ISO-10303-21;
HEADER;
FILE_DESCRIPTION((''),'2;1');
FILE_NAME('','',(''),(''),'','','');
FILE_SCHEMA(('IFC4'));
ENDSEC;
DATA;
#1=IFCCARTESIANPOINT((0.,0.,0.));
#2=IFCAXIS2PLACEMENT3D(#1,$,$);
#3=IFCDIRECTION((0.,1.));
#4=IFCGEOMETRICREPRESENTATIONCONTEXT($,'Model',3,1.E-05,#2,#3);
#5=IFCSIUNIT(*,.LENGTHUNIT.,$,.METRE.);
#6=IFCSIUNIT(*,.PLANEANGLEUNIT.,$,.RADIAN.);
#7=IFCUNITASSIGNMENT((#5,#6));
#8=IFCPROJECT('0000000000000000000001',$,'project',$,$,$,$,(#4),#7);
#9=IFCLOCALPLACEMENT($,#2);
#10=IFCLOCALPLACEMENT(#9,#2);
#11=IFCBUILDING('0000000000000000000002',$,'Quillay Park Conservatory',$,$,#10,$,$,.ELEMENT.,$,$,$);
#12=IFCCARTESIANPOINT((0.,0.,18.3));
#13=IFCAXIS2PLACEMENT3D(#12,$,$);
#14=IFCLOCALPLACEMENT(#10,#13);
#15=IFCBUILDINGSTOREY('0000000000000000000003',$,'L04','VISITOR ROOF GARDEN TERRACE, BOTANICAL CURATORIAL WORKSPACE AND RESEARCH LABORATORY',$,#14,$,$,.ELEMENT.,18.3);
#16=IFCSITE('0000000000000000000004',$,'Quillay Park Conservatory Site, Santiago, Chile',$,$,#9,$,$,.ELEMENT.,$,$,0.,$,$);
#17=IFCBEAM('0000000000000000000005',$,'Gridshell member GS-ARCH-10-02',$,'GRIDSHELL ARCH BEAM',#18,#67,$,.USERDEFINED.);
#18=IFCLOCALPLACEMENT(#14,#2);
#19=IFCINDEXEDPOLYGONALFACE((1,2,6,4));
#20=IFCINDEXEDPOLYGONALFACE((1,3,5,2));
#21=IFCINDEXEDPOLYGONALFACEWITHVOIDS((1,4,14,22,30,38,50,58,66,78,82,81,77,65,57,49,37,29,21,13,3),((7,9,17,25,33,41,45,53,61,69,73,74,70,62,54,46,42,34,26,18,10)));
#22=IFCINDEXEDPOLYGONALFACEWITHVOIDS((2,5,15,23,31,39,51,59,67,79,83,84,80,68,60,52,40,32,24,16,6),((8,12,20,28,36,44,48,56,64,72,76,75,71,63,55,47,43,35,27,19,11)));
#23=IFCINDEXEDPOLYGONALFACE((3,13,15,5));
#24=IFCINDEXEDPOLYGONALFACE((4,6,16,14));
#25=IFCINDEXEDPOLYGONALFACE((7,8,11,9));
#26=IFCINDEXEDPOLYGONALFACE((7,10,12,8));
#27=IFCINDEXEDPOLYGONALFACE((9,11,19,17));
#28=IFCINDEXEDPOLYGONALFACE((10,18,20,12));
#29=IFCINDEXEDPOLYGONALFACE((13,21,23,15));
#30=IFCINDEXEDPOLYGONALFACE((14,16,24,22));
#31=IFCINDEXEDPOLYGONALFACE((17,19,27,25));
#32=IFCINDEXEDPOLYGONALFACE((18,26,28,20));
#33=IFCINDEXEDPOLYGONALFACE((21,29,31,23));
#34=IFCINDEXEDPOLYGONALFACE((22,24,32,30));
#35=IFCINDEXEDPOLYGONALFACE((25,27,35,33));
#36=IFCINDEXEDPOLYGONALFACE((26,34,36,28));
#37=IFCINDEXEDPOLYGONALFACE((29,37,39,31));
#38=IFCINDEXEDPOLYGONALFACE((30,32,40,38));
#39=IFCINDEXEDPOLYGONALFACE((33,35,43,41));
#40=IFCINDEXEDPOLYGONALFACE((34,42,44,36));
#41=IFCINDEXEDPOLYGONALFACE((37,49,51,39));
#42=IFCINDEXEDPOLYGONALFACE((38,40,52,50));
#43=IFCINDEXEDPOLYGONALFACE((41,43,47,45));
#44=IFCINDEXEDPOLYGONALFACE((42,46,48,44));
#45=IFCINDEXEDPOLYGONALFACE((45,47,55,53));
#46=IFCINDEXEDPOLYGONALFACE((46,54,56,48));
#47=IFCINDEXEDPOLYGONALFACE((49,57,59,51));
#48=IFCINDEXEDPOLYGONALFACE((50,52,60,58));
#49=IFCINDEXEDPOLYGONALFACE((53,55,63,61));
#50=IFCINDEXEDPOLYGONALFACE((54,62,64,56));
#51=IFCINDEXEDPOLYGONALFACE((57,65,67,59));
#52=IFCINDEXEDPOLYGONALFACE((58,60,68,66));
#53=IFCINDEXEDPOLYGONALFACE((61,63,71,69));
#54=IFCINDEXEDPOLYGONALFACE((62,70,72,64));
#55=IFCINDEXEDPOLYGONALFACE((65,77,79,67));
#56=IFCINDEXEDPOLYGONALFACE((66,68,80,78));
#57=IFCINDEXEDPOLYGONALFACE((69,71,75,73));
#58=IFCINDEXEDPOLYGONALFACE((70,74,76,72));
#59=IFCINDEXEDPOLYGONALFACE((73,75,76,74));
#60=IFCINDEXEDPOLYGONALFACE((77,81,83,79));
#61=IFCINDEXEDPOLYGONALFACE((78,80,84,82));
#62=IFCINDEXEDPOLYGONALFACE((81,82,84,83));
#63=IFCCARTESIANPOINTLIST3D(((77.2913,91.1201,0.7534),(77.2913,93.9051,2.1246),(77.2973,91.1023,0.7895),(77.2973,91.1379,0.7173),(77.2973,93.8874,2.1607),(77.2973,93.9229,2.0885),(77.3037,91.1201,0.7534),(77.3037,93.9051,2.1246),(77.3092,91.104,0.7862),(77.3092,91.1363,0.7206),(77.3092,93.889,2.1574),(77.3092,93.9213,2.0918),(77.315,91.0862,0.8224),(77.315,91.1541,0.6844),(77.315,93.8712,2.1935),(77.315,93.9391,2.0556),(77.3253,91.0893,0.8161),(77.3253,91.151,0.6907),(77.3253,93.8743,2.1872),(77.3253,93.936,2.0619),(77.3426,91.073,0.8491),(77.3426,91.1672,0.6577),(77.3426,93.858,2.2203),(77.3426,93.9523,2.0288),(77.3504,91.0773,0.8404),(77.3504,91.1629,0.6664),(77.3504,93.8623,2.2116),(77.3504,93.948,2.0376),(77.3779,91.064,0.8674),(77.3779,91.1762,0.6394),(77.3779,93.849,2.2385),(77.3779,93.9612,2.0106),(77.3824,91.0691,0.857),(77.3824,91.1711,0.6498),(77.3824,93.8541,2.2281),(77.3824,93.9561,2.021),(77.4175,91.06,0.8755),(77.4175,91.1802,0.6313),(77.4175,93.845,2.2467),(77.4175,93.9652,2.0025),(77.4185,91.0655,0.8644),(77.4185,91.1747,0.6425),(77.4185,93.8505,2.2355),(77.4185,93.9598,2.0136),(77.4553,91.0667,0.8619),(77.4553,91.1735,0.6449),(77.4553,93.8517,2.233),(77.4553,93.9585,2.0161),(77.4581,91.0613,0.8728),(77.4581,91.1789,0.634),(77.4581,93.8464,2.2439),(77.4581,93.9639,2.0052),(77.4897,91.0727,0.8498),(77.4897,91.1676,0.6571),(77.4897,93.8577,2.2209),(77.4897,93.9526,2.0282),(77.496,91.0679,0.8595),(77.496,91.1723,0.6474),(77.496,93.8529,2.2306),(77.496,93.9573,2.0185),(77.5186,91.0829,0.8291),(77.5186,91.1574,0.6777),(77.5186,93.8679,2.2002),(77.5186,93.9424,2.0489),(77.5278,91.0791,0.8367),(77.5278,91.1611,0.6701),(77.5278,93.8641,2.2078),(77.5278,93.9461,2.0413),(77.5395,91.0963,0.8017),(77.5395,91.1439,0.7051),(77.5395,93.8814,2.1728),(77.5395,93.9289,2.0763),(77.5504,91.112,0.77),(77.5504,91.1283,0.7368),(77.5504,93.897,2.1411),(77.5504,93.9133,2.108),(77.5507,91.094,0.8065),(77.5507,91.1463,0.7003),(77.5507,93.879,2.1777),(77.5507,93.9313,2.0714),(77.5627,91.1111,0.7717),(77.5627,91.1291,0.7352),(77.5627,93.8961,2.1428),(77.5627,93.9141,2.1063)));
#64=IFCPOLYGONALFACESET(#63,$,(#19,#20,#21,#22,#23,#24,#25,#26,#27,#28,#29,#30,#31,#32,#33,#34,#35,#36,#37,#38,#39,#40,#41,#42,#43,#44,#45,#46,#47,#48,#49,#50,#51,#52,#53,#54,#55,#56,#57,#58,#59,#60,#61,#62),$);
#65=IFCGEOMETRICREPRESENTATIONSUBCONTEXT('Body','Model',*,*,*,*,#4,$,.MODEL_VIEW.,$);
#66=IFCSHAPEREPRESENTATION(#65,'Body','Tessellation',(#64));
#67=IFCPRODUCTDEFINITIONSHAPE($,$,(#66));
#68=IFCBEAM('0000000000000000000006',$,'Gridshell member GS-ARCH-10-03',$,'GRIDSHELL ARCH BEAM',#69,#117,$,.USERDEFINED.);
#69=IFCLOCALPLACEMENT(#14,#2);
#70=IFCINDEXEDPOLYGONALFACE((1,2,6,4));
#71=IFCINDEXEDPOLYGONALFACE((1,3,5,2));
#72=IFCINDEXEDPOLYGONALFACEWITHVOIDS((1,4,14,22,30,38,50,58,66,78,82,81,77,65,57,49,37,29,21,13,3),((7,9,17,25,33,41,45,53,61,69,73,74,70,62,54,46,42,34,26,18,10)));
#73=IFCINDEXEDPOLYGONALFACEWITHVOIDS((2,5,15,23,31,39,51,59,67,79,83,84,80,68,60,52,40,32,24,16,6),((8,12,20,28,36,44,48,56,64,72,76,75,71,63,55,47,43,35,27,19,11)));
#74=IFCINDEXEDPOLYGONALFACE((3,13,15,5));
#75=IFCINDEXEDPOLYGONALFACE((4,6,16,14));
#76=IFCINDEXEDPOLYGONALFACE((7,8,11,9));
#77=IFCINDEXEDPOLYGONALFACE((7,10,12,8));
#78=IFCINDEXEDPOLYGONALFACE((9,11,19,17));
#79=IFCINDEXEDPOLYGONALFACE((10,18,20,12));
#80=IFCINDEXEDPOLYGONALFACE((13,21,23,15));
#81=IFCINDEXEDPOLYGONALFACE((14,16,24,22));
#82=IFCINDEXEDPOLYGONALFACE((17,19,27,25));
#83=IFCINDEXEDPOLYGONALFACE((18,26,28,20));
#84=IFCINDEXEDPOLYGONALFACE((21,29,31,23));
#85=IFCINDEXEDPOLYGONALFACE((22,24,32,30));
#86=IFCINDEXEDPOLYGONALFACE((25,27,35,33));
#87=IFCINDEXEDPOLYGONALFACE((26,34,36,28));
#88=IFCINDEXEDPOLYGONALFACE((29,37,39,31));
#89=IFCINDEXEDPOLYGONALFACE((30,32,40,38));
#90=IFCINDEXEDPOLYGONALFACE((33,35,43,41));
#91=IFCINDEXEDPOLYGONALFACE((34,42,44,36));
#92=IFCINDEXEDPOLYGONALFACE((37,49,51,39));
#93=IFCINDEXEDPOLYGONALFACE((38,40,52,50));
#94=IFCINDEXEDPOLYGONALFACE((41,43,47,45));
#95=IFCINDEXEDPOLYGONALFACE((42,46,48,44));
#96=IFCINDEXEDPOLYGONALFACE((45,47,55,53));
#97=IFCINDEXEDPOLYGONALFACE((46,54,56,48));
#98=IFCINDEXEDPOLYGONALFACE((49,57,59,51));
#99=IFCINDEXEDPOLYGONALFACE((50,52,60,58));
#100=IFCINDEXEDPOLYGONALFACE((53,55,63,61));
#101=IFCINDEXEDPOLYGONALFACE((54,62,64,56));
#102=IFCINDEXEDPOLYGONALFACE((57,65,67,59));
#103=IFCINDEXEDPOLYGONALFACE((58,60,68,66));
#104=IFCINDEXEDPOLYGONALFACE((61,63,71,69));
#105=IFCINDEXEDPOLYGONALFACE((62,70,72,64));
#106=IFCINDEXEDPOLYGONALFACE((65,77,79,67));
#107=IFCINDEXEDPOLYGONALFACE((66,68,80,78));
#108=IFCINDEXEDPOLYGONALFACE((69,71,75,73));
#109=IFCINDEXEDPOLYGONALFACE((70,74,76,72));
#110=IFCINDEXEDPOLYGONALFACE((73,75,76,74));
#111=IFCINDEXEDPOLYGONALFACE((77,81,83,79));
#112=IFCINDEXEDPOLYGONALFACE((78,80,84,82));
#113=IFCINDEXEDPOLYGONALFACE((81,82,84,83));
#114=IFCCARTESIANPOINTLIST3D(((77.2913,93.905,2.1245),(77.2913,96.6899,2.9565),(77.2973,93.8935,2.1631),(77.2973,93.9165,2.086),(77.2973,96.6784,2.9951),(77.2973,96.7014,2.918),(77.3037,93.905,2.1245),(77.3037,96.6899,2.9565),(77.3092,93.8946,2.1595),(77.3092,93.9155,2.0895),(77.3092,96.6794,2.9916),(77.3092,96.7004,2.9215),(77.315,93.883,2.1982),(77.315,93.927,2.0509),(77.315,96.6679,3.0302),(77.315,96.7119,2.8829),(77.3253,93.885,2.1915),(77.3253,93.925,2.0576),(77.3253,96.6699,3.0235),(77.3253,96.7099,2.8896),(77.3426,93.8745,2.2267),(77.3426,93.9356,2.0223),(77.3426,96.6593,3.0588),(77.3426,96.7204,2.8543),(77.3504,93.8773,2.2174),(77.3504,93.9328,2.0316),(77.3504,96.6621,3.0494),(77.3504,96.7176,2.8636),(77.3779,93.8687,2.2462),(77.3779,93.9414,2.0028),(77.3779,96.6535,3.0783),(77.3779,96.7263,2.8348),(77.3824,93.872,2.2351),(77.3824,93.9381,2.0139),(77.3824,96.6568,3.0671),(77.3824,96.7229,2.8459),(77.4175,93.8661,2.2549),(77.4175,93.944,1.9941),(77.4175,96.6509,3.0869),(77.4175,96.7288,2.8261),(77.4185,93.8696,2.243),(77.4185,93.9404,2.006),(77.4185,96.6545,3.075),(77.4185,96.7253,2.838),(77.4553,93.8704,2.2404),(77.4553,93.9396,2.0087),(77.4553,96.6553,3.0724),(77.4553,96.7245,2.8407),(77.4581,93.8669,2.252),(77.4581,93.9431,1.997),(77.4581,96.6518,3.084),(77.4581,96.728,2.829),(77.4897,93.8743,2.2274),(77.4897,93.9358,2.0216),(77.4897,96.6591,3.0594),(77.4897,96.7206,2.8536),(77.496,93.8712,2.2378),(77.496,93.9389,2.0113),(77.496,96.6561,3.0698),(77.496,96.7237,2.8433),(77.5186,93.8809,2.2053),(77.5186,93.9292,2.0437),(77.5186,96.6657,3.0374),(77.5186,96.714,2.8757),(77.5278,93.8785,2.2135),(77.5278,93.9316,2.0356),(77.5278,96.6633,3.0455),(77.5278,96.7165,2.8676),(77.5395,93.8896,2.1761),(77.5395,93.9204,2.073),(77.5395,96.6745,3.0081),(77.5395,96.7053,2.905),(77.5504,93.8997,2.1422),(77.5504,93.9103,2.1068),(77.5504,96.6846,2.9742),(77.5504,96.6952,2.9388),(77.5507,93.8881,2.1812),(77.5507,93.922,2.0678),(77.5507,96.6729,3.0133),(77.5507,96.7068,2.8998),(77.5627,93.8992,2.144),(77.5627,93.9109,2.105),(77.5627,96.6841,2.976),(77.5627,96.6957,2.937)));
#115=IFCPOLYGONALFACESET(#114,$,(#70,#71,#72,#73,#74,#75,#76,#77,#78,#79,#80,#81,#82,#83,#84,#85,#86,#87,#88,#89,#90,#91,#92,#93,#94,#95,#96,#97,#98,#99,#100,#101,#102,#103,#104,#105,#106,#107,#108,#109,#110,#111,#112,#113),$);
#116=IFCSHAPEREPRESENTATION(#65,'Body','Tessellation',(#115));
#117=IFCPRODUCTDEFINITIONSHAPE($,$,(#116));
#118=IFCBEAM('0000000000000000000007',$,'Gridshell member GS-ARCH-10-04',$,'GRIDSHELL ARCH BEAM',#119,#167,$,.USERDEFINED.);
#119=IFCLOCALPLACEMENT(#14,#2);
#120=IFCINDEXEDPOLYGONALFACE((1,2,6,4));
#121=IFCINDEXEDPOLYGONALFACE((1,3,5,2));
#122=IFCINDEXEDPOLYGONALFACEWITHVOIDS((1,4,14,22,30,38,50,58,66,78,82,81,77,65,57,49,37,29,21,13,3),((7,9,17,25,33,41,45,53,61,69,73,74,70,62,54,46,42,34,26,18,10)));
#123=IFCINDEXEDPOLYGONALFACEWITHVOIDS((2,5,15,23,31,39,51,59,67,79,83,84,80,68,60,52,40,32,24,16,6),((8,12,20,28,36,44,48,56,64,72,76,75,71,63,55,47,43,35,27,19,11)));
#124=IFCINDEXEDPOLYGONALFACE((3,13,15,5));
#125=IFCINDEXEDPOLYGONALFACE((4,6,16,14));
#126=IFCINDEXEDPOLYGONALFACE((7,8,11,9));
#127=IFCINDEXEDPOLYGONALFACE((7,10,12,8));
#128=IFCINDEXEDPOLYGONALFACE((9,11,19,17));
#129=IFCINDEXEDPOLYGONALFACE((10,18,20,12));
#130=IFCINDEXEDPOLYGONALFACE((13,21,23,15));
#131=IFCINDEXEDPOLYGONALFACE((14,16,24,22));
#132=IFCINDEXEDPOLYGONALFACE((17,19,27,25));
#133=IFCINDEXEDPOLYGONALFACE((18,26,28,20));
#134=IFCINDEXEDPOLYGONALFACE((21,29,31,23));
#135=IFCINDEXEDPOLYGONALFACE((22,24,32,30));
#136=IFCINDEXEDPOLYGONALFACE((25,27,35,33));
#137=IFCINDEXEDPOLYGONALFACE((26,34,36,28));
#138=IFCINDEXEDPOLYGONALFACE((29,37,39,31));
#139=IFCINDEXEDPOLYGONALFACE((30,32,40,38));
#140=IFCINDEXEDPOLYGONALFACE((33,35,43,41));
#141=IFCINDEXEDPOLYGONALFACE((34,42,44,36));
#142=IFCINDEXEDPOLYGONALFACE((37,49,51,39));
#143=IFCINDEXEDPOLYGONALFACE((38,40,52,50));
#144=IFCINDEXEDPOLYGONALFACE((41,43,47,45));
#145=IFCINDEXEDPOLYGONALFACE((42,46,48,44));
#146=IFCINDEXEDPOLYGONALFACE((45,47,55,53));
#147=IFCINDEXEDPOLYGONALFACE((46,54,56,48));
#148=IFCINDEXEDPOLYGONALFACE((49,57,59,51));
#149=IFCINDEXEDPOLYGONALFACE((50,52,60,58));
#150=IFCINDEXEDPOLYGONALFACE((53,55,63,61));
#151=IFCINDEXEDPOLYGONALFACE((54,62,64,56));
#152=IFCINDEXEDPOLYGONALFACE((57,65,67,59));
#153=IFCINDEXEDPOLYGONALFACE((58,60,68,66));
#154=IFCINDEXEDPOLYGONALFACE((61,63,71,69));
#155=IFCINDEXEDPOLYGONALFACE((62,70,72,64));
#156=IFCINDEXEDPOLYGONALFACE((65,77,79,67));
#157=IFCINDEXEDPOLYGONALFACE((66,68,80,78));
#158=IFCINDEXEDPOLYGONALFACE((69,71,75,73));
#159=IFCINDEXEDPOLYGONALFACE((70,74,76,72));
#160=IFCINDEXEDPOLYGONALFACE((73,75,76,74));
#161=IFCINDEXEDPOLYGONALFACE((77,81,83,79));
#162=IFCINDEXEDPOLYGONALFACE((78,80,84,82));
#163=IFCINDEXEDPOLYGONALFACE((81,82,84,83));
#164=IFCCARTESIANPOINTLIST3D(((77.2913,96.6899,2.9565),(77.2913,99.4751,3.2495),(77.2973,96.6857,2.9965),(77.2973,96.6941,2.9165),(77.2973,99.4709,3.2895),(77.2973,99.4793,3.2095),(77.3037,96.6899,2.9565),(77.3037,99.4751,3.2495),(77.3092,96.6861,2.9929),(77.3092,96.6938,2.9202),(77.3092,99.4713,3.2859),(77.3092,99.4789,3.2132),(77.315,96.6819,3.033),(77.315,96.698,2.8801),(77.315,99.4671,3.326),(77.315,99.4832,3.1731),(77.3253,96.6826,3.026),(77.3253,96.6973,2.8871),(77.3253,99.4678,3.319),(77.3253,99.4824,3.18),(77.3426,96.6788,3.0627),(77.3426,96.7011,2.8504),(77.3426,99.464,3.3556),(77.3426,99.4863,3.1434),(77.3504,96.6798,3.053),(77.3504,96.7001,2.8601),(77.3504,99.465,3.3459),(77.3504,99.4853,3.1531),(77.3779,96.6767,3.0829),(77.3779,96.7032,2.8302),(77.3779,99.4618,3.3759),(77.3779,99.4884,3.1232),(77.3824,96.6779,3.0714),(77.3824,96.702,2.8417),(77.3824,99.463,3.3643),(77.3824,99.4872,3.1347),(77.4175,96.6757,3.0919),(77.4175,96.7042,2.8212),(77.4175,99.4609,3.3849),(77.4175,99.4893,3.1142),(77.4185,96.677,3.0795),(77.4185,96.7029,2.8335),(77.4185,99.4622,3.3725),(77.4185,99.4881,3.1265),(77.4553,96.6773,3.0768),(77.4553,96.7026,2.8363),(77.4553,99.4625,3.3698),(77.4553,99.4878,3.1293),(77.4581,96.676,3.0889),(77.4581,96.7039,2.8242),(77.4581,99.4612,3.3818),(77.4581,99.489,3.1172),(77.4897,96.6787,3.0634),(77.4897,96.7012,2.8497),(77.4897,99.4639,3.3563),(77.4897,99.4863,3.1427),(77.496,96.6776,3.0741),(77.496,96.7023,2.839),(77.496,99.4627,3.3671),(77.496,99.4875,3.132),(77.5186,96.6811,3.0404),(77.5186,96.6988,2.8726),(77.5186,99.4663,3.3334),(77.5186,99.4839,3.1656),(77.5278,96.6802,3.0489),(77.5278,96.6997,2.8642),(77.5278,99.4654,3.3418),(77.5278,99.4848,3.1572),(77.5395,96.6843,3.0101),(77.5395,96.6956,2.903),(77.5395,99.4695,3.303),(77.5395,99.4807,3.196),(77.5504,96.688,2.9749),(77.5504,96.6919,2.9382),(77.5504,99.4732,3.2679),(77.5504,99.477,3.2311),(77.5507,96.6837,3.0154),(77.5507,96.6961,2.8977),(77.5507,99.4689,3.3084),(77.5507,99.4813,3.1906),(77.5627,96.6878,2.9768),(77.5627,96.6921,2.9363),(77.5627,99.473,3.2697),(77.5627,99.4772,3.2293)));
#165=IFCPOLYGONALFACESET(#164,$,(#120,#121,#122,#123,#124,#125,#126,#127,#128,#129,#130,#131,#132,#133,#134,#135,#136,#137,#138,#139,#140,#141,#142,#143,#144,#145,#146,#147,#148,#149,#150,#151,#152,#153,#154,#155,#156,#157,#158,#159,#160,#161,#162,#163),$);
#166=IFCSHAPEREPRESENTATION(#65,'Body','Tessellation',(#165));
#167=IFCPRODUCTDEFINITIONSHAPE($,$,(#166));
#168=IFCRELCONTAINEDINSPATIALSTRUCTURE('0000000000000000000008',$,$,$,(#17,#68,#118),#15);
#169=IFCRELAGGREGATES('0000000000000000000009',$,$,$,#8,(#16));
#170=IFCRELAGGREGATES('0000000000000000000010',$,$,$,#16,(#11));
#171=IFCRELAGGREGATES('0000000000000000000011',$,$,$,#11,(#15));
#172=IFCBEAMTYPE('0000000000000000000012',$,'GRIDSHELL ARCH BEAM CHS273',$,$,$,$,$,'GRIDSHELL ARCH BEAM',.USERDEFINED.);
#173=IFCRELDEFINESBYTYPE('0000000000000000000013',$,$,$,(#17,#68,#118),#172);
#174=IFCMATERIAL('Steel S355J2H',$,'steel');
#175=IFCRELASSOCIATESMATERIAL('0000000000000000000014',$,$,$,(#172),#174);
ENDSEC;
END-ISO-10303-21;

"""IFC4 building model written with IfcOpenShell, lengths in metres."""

from ifc_helpers import new_model, si_unit, direction, frame, origin, origin_2d, place, context, subcontext, project, spatial, hollow_circle, extrude, material, material_profile, profile_set, type_object, element, save


model = new_model("IFC4")

# Units and contexts
model_context = context("Model", 3, precision=1e-05, world=origin(), true_north=direction((0.0, 1.0)))
body_context = subcontext(model_context, "Body", "Model", "MODEL_VIEW")
ifc_project = project(units=[si_unit("LENGTHUNIT", "METRE"), si_unit("PLANEANGLEUNIT", "RADIAN")], contexts=[model_context])

# Site, building, storey
site_placement = place(None, origin())
site = spatial("IfcSite", under=ifc_project, at=site_placement, Name="Quillay Park Conservatory Site, Santiago, Chile", CompositionType="ELEMENT", RefElevation=0.0)
building_placement = place(site_placement, origin())
building = spatial("IfcBuilding", under=site, at=building_placement, Name="Quillay Park Conservatory", CompositionType="ELEMENT")
storey_placement = place(building_placement, frame((0.0, 0.0, 18.3)))
storey = spatial("IfcBuildingStorey", under=building, at=storey_placement, Name="L04", Description="VISITOR ROOF GARDEN TERRACE, BOTANICAL CURATORIAL WORKSPACE AND RESEARCH LABORATORY", CompositionType="ELEMENT", Elevation=18.3)

# Beams
ifc_material_1 = material(Name="Steel S355J2H", Category="steel")
ifc_material_profile_1 = material_profile(ifc_material_1, hollow_circle(Radius=0.1365, WallThickness=0.0125, at=origin_2d()), Name="CHS273x12.5")
ifc_profile_set_1 = profile_set([ifc_material_profile_1], Name="Steel S355J2H")
beam_type = type_object("IfcBeamType", Name="GRIDSHELL ARCH BEAM CHS273", ElementType="GRIDSHELL ARCH BEAM", PredefinedType="USERDEFINED", material=ifc_profile_set_1)
beam_1_placement = place(storey_placement, frame((77.4277, 91.1201, 0.7534), z_axis=(0.0, 0.897163, 0.4417), x_axis=(-1.0, 0.0, 0.0)))
element("IfcBeam", 1, at=beam_1_placement, inside=storey, type_object=beam_type, Name="Gridshell member GS-ARCH-10-02", ObjectType="GRIDSHELL ARCH BEAM", PredefinedType="USERDEFINED", context=body_context, shape_type="SweptSolid", body=[
    extrude(hollow_circle(Radius=0.1365, WallThickness=0.0125, at=origin_2d()), origin(), (0.0, 0.0, 1.0), 3.1042),
])
beam_2_placement = place(storey_placement, frame((77.4277, 93.905, 2.1245), z_axis=(0.0, 0.958152, 0.286261), x_axis=(-1.0, 0.0, 0.0)))
element("IfcBeam", 2, at=beam_2_placement, inside=storey, type_object=beam_type, Name="Gridshell member GS-ARCH-10-03", ObjectType="GRIDSHELL ARCH BEAM", PredefinedType="USERDEFINED", context=body_context, shape_type="SweptSolid", body=[
    extrude(hollow_circle(Radius=0.1365, WallThickness=0.0125, at=origin_2d()), origin(), (0.0, 0.0, 1.0), 2.9065),
])
beam_3_placement = place(storey_placement, frame((77.4277, 96.6899, 2.9565), z_axis=(0.0, 0.994513, 0.104612), x_axis=(-1.0, 0.0, 0.0)))
element("IfcBeam", 3, at=beam_3_placement, inside=storey, type_object=beam_type, Name="Gridshell member GS-ARCH-10-04", ObjectType="GRIDSHELL ARCH BEAM", PredefinedType="USERDEFINED", context=body_context, shape_type="SweptSolid", body=[
    extrude(hollow_circle(Radius=0.1365, WallThickness=0.0125, at=origin_2d()), origin(), (0.0, 0.0, 1.0), 2.8005),
])

save(model, "model.ifc")
